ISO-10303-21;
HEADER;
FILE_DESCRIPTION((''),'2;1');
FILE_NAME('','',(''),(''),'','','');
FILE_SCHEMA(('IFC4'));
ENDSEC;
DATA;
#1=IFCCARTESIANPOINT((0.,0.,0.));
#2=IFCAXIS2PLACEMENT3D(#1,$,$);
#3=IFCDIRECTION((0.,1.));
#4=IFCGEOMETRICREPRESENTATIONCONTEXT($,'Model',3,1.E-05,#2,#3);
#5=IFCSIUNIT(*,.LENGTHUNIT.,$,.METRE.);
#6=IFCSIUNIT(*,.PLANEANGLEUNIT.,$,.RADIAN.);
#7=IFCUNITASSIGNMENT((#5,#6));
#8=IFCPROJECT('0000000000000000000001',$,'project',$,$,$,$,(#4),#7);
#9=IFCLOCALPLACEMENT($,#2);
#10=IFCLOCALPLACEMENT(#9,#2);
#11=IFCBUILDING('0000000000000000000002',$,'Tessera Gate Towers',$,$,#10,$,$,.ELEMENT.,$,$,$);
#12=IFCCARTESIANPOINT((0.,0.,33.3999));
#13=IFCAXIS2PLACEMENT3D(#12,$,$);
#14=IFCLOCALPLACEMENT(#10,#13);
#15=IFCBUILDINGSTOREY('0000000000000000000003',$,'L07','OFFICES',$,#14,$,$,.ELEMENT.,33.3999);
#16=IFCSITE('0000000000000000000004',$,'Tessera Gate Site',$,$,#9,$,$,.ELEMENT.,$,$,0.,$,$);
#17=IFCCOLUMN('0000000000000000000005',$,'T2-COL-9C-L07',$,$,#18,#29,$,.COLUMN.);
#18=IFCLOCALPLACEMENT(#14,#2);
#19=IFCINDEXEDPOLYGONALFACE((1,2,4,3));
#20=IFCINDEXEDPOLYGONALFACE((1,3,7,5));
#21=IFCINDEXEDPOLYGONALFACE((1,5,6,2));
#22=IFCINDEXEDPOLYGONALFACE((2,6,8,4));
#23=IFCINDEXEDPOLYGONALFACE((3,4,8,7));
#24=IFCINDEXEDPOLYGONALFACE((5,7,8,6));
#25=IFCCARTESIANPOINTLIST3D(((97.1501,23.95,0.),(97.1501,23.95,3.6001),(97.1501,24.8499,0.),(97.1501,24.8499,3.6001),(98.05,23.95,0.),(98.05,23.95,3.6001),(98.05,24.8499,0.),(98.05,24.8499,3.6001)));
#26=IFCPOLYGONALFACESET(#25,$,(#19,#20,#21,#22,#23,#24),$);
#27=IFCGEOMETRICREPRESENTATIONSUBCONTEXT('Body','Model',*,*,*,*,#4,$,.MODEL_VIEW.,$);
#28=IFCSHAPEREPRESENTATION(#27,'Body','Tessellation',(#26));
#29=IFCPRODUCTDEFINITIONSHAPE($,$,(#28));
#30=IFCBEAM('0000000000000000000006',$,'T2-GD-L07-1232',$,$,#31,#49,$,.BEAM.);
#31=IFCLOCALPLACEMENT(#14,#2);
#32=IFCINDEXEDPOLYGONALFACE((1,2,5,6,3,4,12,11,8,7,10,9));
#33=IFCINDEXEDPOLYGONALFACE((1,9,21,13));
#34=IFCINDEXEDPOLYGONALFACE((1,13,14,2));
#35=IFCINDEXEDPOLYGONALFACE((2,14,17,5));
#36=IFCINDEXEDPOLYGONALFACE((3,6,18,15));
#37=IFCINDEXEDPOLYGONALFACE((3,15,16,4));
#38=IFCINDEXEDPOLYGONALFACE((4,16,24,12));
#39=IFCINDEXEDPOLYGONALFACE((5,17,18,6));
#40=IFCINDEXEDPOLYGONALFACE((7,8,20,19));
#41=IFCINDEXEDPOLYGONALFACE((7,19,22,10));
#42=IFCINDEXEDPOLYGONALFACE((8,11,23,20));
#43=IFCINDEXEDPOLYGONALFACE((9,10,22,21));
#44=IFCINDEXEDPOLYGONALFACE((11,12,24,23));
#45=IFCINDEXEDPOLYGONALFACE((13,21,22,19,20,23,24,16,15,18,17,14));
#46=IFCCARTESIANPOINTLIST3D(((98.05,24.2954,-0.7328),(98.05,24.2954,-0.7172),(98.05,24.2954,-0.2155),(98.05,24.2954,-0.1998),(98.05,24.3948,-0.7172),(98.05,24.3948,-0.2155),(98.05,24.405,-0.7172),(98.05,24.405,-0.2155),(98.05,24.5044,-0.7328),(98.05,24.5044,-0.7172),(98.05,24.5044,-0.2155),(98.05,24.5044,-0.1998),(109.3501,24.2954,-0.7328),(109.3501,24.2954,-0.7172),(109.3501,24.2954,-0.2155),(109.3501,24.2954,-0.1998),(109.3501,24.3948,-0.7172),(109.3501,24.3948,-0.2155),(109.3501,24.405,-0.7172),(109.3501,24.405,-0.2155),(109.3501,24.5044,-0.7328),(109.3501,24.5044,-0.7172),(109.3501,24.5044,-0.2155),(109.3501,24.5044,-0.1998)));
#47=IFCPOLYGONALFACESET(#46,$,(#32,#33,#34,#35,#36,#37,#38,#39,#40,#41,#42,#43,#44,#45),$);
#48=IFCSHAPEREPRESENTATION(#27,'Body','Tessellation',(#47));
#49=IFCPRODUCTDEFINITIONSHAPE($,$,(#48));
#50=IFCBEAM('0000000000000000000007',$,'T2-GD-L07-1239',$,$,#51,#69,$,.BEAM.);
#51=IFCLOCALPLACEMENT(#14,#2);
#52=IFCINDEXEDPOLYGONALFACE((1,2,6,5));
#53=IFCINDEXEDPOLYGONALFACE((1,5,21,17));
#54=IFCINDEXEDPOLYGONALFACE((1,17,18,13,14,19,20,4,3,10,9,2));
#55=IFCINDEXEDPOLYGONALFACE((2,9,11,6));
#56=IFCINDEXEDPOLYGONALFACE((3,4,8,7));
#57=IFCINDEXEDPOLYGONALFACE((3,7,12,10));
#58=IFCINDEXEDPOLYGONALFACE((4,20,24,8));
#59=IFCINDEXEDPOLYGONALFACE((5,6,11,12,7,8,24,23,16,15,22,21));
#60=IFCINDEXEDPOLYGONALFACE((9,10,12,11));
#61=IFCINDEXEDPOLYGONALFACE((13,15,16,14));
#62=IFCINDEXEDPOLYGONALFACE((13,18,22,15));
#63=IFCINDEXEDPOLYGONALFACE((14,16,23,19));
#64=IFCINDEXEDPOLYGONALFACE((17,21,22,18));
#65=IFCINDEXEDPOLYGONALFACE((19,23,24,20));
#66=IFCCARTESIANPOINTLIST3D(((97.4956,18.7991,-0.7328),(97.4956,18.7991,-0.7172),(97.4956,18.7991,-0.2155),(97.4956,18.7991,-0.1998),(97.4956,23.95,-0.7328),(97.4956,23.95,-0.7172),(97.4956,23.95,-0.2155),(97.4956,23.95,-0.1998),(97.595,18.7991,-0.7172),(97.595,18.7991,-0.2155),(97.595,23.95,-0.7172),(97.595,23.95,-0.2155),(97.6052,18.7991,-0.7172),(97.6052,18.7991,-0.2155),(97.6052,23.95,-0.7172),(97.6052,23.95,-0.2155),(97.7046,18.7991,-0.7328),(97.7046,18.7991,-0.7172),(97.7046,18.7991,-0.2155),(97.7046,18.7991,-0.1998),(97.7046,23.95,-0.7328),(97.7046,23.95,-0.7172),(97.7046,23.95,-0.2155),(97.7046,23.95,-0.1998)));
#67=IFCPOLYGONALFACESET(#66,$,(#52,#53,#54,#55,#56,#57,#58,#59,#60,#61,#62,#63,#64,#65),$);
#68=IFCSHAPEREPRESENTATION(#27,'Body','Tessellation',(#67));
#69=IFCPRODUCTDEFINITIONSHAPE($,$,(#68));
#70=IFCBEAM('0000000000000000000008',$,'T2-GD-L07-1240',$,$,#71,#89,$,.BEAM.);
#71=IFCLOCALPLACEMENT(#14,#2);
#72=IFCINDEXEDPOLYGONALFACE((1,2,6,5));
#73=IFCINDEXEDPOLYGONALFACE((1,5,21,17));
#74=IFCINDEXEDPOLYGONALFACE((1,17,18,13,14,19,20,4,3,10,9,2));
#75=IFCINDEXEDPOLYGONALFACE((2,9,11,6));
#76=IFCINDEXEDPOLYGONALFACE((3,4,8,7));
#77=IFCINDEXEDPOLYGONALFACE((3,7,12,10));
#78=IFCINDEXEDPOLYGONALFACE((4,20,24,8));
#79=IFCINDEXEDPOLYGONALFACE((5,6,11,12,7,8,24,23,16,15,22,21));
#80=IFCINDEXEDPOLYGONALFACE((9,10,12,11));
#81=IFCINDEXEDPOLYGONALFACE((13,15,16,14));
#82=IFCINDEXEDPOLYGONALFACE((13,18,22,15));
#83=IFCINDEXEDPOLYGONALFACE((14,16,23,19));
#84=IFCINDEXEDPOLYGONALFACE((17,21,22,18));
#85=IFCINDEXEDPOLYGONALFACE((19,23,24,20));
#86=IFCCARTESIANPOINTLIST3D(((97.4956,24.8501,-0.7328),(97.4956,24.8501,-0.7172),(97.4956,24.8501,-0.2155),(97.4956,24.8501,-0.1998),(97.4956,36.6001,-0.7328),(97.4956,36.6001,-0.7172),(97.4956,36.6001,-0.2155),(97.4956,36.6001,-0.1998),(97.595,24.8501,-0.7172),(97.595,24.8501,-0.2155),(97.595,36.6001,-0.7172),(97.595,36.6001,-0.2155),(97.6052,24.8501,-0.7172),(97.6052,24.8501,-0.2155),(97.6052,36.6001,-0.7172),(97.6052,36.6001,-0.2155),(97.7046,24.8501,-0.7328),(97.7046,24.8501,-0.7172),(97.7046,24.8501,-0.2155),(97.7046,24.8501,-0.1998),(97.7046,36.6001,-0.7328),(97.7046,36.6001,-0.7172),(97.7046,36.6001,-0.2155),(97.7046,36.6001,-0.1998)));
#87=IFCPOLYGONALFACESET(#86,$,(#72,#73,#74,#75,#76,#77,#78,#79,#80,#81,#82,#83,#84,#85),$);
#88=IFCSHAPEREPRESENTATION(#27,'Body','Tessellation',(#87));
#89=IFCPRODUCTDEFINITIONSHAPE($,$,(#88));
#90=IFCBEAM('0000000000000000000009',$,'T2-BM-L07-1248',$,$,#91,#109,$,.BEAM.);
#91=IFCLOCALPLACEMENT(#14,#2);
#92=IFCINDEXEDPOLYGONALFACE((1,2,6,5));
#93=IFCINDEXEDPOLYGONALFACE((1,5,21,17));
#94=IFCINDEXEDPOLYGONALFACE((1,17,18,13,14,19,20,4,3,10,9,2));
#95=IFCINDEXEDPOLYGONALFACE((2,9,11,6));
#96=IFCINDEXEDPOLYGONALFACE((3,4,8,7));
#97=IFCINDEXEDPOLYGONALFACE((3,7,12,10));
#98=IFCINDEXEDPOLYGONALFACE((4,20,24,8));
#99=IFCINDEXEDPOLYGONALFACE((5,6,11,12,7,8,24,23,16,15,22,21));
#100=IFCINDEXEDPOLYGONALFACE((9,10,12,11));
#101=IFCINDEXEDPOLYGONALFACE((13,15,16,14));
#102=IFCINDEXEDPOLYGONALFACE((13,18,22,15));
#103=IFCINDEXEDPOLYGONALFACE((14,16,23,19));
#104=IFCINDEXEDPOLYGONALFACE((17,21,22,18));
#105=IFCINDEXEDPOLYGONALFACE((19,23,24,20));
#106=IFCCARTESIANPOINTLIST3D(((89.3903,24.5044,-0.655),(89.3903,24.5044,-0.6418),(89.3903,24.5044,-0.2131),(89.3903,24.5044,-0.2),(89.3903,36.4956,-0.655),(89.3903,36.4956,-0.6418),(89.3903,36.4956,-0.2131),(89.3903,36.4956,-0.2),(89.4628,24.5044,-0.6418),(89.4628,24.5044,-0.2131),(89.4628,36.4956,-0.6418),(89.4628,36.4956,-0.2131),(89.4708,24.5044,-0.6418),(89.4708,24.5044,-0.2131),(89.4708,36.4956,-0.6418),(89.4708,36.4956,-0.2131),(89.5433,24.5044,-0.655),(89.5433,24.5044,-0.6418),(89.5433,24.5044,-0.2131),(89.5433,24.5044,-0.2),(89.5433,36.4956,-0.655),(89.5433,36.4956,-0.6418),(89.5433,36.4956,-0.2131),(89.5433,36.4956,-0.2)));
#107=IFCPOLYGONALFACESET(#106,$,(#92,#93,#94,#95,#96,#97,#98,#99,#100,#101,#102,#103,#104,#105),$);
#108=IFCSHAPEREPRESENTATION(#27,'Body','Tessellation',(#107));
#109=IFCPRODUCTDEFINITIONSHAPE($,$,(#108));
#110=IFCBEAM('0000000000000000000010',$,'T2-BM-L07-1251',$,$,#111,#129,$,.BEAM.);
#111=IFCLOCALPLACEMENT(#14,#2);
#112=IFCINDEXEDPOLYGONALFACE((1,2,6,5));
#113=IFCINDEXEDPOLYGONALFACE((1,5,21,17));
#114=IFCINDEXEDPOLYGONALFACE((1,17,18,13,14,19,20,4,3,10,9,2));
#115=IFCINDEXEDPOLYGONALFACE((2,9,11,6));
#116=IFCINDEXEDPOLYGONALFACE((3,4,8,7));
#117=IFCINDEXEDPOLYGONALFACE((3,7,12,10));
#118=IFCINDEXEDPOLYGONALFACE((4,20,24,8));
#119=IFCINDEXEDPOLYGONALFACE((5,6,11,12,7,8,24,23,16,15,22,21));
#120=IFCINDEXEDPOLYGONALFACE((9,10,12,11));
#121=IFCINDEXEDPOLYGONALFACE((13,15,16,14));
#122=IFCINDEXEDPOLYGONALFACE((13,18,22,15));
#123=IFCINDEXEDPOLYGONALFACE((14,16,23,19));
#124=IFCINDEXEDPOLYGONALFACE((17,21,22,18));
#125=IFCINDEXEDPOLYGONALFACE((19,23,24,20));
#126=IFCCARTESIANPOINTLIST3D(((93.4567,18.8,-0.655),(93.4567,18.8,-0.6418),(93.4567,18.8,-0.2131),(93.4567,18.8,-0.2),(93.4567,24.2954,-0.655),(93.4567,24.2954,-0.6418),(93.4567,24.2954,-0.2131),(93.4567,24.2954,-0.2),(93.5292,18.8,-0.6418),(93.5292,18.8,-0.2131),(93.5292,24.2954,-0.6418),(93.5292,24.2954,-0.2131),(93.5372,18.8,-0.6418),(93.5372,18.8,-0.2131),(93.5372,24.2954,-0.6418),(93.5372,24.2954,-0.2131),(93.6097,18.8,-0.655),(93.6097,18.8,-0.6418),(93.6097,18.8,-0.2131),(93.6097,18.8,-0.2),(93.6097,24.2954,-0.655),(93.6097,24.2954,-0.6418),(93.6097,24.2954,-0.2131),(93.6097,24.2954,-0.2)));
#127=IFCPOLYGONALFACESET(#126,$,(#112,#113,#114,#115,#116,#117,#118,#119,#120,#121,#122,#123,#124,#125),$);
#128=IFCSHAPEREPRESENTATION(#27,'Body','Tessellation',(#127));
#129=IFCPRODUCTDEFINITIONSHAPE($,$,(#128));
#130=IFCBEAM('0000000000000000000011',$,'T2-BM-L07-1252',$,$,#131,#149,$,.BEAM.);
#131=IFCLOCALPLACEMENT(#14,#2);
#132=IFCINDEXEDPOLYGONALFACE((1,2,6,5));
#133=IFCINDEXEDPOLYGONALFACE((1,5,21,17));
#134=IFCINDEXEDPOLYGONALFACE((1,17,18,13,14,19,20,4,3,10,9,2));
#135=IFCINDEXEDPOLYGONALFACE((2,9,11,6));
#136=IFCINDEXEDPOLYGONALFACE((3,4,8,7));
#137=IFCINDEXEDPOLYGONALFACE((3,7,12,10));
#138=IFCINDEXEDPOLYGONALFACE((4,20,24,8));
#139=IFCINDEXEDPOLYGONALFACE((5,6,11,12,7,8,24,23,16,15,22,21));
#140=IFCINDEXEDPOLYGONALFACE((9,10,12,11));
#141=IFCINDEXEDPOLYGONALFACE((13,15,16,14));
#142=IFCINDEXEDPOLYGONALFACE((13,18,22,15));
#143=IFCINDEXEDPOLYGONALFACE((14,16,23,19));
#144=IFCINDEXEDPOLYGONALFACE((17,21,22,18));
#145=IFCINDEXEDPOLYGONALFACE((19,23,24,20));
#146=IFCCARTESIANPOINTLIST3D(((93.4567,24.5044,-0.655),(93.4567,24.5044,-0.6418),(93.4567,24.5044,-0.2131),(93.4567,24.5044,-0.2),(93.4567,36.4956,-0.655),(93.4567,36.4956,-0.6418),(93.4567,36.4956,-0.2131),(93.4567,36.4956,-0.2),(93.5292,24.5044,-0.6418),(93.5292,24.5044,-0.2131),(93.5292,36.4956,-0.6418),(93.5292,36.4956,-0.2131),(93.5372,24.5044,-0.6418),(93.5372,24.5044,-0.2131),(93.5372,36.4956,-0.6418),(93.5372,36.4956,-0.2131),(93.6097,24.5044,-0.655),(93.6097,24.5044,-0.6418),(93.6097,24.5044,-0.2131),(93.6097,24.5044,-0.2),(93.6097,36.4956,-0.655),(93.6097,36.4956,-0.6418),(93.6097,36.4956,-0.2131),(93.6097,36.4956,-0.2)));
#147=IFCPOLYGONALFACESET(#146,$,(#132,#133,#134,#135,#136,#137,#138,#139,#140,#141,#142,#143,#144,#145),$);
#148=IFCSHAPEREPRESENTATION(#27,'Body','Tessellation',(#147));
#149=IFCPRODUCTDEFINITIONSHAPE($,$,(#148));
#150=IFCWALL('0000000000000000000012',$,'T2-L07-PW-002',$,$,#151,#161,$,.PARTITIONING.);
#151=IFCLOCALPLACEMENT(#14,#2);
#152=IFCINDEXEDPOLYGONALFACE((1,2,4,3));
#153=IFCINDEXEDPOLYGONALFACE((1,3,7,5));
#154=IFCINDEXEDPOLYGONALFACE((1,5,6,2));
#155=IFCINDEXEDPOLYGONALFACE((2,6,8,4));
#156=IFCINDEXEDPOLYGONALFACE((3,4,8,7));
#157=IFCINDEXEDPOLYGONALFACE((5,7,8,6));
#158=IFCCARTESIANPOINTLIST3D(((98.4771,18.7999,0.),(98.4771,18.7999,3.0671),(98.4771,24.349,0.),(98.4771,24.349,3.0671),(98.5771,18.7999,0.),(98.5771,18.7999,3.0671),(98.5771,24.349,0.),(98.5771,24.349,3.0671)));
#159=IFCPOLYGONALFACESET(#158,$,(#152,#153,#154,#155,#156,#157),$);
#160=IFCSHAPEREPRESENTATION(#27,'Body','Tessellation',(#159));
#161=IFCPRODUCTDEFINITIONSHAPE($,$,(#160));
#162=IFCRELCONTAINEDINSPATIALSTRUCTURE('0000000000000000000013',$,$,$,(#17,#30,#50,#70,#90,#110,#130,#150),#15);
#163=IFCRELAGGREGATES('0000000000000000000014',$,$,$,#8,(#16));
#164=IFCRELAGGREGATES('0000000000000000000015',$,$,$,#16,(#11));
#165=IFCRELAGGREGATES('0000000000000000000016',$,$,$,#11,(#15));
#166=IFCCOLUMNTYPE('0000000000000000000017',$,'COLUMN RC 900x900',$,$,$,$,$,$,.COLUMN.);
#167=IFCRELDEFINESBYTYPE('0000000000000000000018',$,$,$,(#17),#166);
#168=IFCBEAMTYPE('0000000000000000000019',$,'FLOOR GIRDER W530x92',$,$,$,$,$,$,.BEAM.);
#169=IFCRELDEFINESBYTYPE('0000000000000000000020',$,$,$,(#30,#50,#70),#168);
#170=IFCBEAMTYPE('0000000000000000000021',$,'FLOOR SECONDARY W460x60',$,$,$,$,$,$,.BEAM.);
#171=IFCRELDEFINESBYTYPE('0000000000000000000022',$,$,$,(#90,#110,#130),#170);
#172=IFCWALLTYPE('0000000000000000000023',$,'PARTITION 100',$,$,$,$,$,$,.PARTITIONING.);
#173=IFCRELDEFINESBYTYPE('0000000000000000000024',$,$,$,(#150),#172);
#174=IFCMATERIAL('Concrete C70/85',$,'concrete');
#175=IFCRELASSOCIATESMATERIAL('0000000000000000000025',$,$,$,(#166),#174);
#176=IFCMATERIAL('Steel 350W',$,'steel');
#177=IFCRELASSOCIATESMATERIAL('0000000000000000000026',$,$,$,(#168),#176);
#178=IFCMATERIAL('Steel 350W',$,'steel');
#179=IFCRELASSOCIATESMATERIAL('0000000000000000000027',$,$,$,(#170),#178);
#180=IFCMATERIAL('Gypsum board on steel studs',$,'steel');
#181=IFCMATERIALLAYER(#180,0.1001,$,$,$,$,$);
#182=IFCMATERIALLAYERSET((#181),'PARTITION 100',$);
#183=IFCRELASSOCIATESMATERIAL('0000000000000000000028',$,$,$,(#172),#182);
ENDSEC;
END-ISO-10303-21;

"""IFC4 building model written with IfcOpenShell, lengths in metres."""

from ifc_helpers import new_model, si_unit, direction, frame, frame_2d, origin, origin_2d, place, context, subcontext, project, spatial, rectangle, i_section, extrude, material, layer, layer_set, material_profile, profile_set, type_object, element, save


model = new_model("IFC4")

# Units and contexts
model_context = context("Model", 3, precision=1e-05, world=origin(), true_north=direction((0.0, 1.0)))
body_context = subcontext(model_context, "Body", "Model", "MODEL_VIEW")
ifc_project = project(units=[si_unit("LENGTHUNIT", "METRE"), si_unit("PLANEANGLEUNIT", "RADIAN")], contexts=[model_context])

# Site, building, storey
site_placement = place(None, origin())
site = spatial("IfcSite", under=ifc_project, at=site_placement, Name="Tessera Gate Site", CompositionType="ELEMENT", RefElevation=0.0)
building_placement = place(site_placement, origin())
building = spatial("IfcBuilding", under=site, at=building_placement, Name="Tessera Gate Towers", CompositionType="ELEMENT")
storey_placement = place(building_placement, frame((0.0, 0.0, 33.3999)))
storey = spatial("IfcBuildingStorey", under=building, at=storey_placement, Name="L07", Description="OFFICES", CompositionType="ELEMENT", Elevation=33.3999)

# Column
ifc_material_1 = material(Name="Concrete C70/85", Category="concrete")
ifc_material_profile_1 = material_profile(ifc_material_1, rectangle(XDim=0.8999, YDim=0.8999, at=origin_2d()), Name="RC 900x900")
ifc_profile_set_1 = profile_set([ifc_material_profile_1], Name="Concrete C70/85")
column_type = type_object("IfcColumnType", Name="COLUMN RC 900x900", PredefinedType="COLUMN", material=ifc_profile_set_1)
column_placement = place(storey_placement, frame((97.6001, 24.3999, 0.0), z_axis=(0.0, 0.0, 1.0), x_axis=(1.0, 0.0, 0.0)))
element("IfcColumn", 1, at=column_placement, inside=storey, type_object=column_type, Name="T2-COL-9C-L07", PredefinedType="COLUMN", context=body_context, shape_type="SweptSolid", body=[
    extrude(rectangle(XDim=0.8999, YDim=0.8999, at=origin_2d()), origin(), (0.0, 0.0, 1.0), 3.6001),
])

# Beams
ifc_material_2 = material(Name="Steel 350W", Category="steel")
ifc_material_profile_2 = material_profile(ifc_material_2, i_section(OverallWidth=0.209, OverallDepth=0.533, WebThickness=0.0103, FlangeThickness=0.0156, at=origin_2d()), Name="W530x92")
ifc_profile_set_2 = profile_set([ifc_material_profile_2], Name="Steel 350W")
beam_type_1 = type_object("IfcBeamType", Name="FLOOR GIRDER W530x92", PredefinedType="BEAM", material=ifc_profile_set_2)
beam_1_placement = place(storey_placement, frame((98.05, 24.3999, -0.4663), z_axis=(1.0, 0.0, 0.0), x_axis=(0.0, 1.0, 0.0)))
element("IfcBeam", 2, at=beam_1_placement, inside=storey, type_object=beam_type_1, Name="T2-GD-L07-1232", PredefinedType="BEAM", context=body_context, shape_type="SweptSolid", body=[
    extrude(i_section(OverallWidth=0.209, OverallDepth=0.533, WebThickness=0.0103, FlangeThickness=0.0156, at=origin_2d()), origin(), (0.0, 0.0, 1.0), 11.3),
])
beam_2_placement = place(storey_placement, frame((97.6001, 18.7991, -0.4663), z_axis=(0.0, 1.0, 0.0), x_axis=(-1.0, 0.0, 0.0)))
element("IfcBeam", 3, at=beam_2_placement, inside=storey, type_object=beam_type_1, Name="T2-GD-L07-1239", PredefinedType="BEAM", context=body_context, shape_type="SweptSolid", body=[
    extrude(i_section(OverallWidth=0.209, OverallDepth=0.533, WebThickness=0.0103, FlangeThickness=0.0156, at=origin_2d()), origin(), (0.0, 0.0, 1.0), 5.1509),
])
beam_3_placement = place(storey_placement, frame((97.6001, 24.8501, -0.4663), z_axis=(0.0, 1.0, 0.0), x_axis=(-1.0, 0.0, 0.0)))
element("IfcBeam", 4, at=beam_3_placement, inside=storey, type_object=beam_type_1, Name="T2-GD-L07-1240", PredefinedType="BEAM", context=body_context, shape_type="SweptSolid", body=[
    extrude(i_section(OverallWidth=0.209, OverallDepth=0.533, WebThickness=0.0103, FlangeThickness=0.0156, at=origin_2d()), origin(), (0.0, 0.0, 1.0), 11.75),
])
ifc_material_3 = material(Name="Steel 350W", Category="steel")
ifc_material_profile_3 = material_profile(ifc_material_3, i_section(OverallWidth=0.1531, OverallDepth=0.4551, WebThickness=0.0081, FlangeThickness=0.0132, at=origin_2d()), Name="W460x60")
ifc_profile_set_3 = profile_set([ifc_material_profile_3], Name="Steel 350W")
beam_type_2 = type_object("IfcBeamType", Name="FLOOR SECONDARY W460x60", PredefinedType="BEAM", material=ifc_profile_set_3)
beam_4_placement = place(storey_placement, frame((89.4668, 24.5044, -0.4275), z_axis=(0.0, 1.0, 0.0), x_axis=(-1.0, 0.0, 0.0)))
element("IfcBeam", 5, at=beam_4_placement, inside=storey, type_object=beam_type_2, Name="T2-BM-L07-1248", PredefinedType="BEAM", context=body_context, shape_type="SweptSolid", body=[
    extrude(i_section(OverallWidth=0.1531, OverallDepth=0.4551, WebThickness=0.0081, FlangeThickness=0.0132, at=origin_2d()), origin(), (0.0, 0.0, 1.0), 11.9912),
])
beam_5_placement = place(storey_placement, frame((93.5332, 18.8, -0.4275), z_axis=(0.0, 1.0, 0.0), x_axis=(-1.0, 0.0, 0.0)))
element("IfcBeam", 6, at=beam_5_placement, inside=storey, type_object=beam_type_2, Name="T2-BM-L07-1251", PredefinedType="BEAM", context=body_context, shape_type="SweptSolid", body=[
    extrude(i_section(OverallWidth=0.1531, OverallDepth=0.4551, WebThickness=0.0081, FlangeThickness=0.0132, at=origin_2d()), origin(), (0.0, 0.0, 1.0), 5.4954),
])
beam_6_placement = place(storey_placement, frame((93.5332, 24.5044, -0.4275), z_axis=(0.0, 1.0, 0.0), x_axis=(-1.0, 0.0, 0.0)))
element("IfcBeam", 7, at=beam_6_placement, inside=storey, type_object=beam_type_2, Name="T2-BM-L07-1252", PredefinedType="BEAM", context=body_context, shape_type="SweptSolid", body=[
    extrude(i_section(OverallWidth=0.1531, OverallDepth=0.4551, WebThickness=0.0081, FlangeThickness=0.0132, at=origin_2d()), origin(), (0.0, 0.0, 1.0), 11.9912),
])

# Wall
ifc_material_4 = material(Name="Gypsum board on steel studs", Category="steel")
ifc_layer_1 = layer(ifc_material_4, 0.1001)
ifc_layer_set_1 = layer_set([ifc_layer_1], Name="PARTITION 100")
wall_type_1 = type_object("IfcWallType", Name="PARTITION 100", PredefinedType="PARTITIONING", material=ifc_layer_set_1)
wall_1_placement = place(storey_placement, frame((98.5271, 18.8, 0.0), z_axis=(0.0, 0.0, 1.0), x_axis=(0.0, 1.0, 0.0)))
element("IfcWall", 8, at=wall_1_placement, inside=storey, type_object=wall_type_1, Name="T2-L07-PW-002", PredefinedType="PARTITIONING", context=body_context, shape_type="SweptSolid", body=[
    extrude(rectangle(XDim=5.5491, YDim=0.1001, at=frame_2d((2.7744, 0.0))), origin(), (0.0, 0.0, 1.0), 3.0671),
])

save(model, "model.ifc")
